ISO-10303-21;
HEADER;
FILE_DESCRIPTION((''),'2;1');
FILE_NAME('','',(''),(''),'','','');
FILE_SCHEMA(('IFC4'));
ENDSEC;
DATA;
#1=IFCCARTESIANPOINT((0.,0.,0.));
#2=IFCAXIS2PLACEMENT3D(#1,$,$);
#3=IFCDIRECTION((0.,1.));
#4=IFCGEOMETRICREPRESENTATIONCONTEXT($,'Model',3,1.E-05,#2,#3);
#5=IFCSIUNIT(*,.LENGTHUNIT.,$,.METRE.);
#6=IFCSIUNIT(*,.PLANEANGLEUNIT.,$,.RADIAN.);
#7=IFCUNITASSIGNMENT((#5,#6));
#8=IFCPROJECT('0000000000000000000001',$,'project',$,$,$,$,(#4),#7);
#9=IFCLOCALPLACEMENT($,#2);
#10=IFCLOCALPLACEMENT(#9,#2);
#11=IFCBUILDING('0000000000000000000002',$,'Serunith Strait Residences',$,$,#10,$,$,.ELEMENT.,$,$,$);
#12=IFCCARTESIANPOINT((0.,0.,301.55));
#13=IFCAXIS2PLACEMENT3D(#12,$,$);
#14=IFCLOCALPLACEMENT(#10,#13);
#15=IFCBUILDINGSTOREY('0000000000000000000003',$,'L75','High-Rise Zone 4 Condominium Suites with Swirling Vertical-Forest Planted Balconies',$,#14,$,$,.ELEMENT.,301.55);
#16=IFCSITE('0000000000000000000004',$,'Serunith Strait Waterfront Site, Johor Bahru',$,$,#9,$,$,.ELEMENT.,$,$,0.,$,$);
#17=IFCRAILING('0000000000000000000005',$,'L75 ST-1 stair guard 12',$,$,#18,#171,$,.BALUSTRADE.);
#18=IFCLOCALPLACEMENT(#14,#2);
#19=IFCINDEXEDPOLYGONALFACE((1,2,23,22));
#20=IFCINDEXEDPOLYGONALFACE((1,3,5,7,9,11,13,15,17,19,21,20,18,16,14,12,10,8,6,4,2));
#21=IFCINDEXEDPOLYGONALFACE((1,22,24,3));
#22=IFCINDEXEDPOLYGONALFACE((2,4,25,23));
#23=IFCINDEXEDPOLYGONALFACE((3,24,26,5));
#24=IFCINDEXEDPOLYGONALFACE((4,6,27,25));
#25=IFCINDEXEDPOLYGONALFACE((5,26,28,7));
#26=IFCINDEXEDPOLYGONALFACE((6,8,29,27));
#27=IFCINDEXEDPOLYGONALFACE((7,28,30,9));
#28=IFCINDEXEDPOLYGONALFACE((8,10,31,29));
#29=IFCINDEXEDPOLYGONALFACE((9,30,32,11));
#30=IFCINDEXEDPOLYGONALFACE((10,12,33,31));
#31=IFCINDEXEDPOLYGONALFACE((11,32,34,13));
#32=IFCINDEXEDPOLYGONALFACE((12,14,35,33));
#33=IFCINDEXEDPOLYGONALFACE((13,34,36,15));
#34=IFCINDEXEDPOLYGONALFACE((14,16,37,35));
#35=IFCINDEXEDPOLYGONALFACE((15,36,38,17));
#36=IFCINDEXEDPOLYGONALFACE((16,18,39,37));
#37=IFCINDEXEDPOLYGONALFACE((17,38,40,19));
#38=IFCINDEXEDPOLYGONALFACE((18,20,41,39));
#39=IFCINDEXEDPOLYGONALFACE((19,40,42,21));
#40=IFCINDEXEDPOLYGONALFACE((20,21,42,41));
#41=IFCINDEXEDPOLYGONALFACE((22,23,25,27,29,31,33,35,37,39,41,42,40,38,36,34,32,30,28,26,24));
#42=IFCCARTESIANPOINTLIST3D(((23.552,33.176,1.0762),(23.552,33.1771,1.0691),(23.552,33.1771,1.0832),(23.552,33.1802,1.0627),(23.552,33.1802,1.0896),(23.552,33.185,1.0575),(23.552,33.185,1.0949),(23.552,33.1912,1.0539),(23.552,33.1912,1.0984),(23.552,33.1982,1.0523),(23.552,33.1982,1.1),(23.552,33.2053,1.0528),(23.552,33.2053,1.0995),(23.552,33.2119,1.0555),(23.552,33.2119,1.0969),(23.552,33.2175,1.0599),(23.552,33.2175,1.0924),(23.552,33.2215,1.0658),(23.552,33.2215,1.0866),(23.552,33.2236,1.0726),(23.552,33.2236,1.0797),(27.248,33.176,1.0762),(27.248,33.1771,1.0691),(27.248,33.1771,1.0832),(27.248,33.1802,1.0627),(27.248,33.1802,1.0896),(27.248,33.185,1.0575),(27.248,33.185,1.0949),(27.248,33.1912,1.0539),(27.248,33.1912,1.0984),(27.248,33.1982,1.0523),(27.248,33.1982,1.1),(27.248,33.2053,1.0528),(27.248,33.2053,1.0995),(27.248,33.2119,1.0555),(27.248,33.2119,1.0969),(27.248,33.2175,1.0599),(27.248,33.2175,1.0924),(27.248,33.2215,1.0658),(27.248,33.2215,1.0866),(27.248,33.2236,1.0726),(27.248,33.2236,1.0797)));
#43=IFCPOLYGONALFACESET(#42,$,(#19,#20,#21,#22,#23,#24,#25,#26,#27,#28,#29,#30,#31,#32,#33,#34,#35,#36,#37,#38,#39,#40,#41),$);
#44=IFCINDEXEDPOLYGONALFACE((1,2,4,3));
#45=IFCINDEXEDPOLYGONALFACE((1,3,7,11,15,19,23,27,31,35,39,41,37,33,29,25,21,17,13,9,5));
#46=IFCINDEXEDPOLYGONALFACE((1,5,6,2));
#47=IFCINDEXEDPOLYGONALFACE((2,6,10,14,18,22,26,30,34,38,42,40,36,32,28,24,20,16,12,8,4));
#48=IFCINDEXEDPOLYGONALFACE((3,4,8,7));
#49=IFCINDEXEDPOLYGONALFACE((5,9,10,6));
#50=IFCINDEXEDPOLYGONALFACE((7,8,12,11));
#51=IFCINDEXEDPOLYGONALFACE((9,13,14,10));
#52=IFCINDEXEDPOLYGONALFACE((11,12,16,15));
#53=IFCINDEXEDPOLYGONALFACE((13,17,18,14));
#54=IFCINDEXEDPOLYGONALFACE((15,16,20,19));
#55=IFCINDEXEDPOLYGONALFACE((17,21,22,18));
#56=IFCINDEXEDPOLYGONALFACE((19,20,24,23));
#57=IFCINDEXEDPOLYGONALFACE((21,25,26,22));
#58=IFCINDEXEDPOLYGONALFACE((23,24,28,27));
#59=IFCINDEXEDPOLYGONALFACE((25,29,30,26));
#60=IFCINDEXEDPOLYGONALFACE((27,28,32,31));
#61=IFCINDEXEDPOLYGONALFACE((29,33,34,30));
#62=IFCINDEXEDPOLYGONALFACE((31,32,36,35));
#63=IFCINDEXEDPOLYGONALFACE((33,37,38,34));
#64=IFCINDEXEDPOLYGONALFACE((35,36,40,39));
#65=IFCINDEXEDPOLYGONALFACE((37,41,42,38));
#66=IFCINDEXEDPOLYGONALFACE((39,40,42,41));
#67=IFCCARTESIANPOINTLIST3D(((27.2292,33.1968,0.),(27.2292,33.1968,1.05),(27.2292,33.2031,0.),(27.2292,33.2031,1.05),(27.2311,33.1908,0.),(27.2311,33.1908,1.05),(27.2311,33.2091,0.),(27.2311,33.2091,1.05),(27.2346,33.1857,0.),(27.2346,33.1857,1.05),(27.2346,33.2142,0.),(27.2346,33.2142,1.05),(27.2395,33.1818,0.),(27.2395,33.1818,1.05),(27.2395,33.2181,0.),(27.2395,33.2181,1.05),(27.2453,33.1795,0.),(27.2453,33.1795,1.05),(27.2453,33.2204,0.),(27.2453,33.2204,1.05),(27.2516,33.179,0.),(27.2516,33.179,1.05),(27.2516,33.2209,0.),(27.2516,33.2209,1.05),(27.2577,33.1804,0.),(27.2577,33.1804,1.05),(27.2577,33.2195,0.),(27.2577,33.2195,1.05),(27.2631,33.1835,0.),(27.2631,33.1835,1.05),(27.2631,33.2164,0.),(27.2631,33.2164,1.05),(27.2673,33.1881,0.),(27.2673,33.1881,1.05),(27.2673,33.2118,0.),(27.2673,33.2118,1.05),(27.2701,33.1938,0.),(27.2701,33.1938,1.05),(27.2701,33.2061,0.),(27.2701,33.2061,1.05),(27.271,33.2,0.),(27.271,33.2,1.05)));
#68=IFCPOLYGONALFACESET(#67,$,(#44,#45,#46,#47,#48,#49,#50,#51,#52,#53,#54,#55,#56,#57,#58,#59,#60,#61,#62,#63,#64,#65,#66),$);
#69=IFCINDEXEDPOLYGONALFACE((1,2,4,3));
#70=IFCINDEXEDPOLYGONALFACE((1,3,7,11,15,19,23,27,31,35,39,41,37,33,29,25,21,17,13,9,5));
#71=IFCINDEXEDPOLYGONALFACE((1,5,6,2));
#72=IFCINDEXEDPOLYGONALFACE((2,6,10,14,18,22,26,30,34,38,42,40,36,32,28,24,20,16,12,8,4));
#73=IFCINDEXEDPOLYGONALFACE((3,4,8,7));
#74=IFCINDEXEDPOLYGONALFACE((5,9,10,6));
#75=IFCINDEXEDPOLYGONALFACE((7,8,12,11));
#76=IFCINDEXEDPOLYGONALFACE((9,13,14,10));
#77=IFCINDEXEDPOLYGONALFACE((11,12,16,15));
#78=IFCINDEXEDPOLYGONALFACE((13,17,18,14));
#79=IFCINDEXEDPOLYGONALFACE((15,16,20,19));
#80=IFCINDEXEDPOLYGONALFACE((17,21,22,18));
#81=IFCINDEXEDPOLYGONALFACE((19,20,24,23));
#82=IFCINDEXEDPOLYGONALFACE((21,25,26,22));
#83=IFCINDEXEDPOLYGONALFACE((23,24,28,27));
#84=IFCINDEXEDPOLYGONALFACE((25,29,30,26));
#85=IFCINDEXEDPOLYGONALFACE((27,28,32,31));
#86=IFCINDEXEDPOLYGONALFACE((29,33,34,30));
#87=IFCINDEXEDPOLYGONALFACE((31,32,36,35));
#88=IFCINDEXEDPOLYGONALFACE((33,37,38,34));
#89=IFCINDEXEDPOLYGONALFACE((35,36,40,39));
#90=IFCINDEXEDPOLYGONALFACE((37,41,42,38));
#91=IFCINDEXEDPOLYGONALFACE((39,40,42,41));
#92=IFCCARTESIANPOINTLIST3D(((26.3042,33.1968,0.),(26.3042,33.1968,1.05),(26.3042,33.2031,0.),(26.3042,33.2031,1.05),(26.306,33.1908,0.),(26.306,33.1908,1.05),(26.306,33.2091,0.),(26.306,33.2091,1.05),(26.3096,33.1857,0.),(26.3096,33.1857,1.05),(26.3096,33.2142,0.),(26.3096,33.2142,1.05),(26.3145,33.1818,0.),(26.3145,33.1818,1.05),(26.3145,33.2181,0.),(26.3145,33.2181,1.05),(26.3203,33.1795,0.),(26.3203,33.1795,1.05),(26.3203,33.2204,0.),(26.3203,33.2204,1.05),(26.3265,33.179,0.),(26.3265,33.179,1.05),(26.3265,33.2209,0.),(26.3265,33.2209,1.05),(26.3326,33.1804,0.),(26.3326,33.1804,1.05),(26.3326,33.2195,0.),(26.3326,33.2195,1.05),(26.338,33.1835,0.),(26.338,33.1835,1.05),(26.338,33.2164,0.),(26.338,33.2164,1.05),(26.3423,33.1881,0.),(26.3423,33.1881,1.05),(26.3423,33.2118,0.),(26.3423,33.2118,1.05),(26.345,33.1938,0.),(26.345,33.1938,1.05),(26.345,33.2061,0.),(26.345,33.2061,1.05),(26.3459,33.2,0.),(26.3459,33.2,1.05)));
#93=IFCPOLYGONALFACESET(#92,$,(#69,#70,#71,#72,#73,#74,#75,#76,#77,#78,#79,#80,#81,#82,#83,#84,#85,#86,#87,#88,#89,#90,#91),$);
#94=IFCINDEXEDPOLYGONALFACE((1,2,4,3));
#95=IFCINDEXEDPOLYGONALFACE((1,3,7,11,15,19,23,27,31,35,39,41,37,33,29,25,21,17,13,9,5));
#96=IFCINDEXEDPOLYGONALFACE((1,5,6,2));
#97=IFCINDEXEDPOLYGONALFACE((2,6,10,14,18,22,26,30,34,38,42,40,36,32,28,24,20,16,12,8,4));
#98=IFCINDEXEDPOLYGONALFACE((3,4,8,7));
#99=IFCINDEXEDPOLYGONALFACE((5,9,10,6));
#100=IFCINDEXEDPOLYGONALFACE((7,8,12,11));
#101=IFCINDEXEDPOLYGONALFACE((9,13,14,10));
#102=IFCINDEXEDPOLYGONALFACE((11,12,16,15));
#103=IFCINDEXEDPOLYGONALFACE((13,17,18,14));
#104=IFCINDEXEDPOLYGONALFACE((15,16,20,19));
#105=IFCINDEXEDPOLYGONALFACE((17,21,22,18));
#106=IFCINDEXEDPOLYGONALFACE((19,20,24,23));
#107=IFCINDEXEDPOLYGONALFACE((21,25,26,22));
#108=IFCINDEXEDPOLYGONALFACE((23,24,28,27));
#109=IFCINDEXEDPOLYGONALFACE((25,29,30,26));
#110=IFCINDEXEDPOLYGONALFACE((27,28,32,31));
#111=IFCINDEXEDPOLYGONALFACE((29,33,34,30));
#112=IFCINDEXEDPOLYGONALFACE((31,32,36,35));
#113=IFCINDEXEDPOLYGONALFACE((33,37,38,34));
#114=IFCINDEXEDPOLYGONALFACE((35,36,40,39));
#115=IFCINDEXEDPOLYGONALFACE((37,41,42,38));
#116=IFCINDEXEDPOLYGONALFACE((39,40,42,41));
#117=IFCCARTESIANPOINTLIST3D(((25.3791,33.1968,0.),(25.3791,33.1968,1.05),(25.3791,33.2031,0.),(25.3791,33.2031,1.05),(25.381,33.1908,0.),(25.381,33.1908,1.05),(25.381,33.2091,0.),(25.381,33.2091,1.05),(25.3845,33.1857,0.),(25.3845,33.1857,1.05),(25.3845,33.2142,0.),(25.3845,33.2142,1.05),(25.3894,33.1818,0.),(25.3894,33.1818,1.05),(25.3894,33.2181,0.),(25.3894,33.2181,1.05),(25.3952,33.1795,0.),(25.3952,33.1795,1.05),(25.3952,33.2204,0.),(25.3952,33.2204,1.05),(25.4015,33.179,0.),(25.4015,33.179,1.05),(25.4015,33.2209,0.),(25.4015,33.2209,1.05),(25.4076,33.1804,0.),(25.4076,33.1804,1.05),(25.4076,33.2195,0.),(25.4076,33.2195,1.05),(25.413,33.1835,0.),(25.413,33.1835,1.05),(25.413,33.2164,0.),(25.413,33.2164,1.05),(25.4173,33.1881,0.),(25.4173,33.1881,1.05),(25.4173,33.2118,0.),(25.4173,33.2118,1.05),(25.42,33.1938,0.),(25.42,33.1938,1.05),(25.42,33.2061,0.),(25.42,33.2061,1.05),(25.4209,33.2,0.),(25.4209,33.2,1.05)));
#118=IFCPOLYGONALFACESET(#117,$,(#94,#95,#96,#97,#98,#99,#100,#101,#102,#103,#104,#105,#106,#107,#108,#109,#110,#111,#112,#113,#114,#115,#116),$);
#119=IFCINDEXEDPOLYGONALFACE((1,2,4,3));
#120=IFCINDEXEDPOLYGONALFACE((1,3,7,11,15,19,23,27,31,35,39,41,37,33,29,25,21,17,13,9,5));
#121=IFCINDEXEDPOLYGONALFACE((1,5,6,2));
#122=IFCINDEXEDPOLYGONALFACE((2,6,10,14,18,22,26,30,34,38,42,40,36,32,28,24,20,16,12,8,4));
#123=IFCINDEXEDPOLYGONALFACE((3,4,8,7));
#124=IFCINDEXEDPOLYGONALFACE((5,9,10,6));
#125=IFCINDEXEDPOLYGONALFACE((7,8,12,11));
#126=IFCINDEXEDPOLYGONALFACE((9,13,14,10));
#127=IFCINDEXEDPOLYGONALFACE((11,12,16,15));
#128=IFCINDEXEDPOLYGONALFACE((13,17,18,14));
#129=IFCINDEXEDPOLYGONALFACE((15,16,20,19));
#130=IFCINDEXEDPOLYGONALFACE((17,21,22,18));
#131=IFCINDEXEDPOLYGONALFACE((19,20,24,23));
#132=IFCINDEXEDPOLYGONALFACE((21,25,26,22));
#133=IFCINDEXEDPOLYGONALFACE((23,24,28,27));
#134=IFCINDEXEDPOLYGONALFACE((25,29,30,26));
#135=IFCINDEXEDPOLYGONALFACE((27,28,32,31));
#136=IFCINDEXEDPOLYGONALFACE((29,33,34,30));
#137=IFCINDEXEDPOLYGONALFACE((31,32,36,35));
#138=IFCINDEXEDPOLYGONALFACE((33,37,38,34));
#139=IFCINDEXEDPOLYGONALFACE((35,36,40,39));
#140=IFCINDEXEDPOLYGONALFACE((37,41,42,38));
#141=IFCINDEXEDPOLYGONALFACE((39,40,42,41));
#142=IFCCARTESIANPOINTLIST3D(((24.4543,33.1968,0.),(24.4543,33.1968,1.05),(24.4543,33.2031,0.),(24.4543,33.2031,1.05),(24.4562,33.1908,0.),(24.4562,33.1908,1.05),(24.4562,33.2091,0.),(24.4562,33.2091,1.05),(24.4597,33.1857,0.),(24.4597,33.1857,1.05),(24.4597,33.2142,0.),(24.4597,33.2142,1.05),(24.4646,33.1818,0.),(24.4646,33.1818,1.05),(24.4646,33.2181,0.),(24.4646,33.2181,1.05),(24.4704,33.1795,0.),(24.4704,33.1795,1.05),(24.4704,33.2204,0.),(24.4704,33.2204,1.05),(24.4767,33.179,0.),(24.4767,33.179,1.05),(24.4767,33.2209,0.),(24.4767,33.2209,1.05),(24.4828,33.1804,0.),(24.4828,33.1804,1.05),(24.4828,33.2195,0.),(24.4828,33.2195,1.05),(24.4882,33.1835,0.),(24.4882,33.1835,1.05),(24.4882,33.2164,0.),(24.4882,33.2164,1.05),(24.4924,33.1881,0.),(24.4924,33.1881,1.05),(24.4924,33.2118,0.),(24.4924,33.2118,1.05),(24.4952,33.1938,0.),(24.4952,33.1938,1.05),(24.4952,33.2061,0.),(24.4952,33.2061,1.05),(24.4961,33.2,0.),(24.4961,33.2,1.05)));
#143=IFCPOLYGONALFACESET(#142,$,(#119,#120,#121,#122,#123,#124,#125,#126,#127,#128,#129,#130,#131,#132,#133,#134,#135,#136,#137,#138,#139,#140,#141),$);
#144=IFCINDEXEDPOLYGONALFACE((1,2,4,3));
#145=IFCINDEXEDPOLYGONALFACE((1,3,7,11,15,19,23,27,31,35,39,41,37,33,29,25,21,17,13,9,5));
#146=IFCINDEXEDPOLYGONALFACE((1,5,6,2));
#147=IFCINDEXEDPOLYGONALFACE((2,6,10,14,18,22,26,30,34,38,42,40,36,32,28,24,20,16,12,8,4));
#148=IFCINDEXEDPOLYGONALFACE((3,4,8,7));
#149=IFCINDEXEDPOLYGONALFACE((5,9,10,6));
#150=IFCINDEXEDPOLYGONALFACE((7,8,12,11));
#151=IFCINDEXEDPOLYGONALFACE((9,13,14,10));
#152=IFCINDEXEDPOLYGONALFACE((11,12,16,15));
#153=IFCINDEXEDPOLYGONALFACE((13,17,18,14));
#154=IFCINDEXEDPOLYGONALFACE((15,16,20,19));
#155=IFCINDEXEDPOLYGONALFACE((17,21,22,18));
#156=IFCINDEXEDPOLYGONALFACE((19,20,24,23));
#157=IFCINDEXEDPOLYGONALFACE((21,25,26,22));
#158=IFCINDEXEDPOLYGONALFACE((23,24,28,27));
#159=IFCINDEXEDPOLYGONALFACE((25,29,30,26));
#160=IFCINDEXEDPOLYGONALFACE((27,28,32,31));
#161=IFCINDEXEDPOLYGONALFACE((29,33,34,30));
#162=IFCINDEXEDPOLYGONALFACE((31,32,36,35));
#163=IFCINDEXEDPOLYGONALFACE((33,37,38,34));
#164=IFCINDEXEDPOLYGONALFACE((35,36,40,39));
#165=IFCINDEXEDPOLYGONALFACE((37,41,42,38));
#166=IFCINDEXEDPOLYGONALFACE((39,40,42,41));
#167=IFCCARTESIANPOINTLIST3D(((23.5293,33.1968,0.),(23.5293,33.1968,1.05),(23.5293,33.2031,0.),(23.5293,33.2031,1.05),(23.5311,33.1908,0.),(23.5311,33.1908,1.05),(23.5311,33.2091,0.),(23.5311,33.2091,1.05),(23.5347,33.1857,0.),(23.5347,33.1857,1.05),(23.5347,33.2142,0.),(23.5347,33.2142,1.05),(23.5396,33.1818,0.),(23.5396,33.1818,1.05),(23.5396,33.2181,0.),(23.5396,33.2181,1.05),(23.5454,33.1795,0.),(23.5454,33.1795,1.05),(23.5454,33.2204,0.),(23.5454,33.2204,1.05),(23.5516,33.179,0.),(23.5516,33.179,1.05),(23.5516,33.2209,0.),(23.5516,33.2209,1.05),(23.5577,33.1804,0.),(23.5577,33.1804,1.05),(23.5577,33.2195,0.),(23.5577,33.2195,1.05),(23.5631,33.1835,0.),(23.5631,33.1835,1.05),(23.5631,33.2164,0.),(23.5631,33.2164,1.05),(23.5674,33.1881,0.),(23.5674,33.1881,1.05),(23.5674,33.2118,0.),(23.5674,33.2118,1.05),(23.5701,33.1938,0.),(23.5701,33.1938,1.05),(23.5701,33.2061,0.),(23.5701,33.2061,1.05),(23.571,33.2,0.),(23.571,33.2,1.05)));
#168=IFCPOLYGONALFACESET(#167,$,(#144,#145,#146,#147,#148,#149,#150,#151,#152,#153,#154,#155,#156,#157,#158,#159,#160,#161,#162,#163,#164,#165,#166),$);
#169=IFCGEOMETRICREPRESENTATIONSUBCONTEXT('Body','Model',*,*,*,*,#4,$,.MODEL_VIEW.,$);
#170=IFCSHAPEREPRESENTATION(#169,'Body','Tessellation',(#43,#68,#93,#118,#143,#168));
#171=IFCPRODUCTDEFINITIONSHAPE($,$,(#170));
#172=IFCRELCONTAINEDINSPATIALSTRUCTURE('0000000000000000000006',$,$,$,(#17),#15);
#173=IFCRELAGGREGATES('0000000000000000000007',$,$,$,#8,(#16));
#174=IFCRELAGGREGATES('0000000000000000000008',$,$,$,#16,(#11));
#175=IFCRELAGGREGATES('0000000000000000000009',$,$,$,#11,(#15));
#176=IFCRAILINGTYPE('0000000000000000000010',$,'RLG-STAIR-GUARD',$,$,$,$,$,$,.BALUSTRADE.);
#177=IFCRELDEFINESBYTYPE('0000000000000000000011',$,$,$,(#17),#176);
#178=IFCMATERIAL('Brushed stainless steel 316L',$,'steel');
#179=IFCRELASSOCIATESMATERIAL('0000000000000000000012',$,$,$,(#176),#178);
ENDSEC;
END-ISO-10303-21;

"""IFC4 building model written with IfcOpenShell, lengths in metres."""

from ifc_helpers import new_model, si_unit, direction, frame, origin, origin_2d, place, context, subcontext, project, spatial, circle, extrude, material, type_object, element, save


model = new_model("IFC4")

# Units and contexts
model_context = context("Model", 3, precision=1e-05, world=origin(), true_north=direction((0.0, 1.0)))
body_context = subcontext(model_context, "Body", "Model", "MODEL_VIEW")
ifc_project = project(units=[si_unit("LENGTHUNIT", "METRE"), si_unit("PLANEANGLEUNIT", "RADIAN")], contexts=[model_context])

# Site, building, storey
site_placement = place(None, origin())
site = spatial("IfcSite", under=ifc_project, at=site_placement, Name="Serunith Strait Waterfront Site, Johor Bahru", CompositionType="ELEMENT", RefElevation=0.0)
building_placement = place(site_placement, origin())
building = spatial("IfcBuilding", under=site, at=building_placement, Name="Serunith Strait Residences", CompositionType="ELEMENT")
storey_placement = place(building_placement, frame((0.0, 0.0, 301.55)))
storey = spatial("IfcBuildingStorey", under=building, at=storey_placement, Name="L75", Description="High-Rise Zone 4 Condominium Suites with Swirling Vertical-Forest Planted Balconies", CompositionType="ELEMENT", Elevation=301.55)

# Railing
ifc_material_1 = material(Name="Brushed stainless steel 316L", Category="steel")
railing_type_1 = type_object("IfcRailingType", Name="RLG-STAIR-GUARD", PredefinedType="BALUSTRADE", material=ifc_material_1)
railing_1_placement = place(storey_placement, frame((27.25, 33.2, 0.0)))
element("IfcRailing", 1, at=railing_1_placement, inside=storey, type_object=railing_type_1, Name="L75 ST-1 stair guard 12", PredefinedType="BALUSTRADE", context=body_context, shape_type="SweptSolid", body=[
    extrude(circle(Radius=0.0239, at=origin_2d()), frame((-0.002, 0.0, 1.0762), z_axis=(-1.0, 0.0, 0.0), x_axis=(0.0, -1.0, 0.0)), (0.0, 0.0, 1.0), 3.696),
    extrude(circle(Radius=0.021, at=origin_2d()), origin(), (0.0, 0.0, 1.0), 1.05),
    extrude(circle(Radius=0.021, at=origin_2d()), frame((-0.925, 0.0, 0.0)), (0.0, 0.0, 1.0), 1.05),
    extrude(circle(Radius=0.021, at=origin_2d()), frame((-1.8501, 0.0, 0.0)), (0.0, 0.0, 1.0), 1.05),
    extrude(circle(Radius=0.021, at=origin_2d()), frame((-2.7749, 0.0, 0.0)), (0.0, 0.0, 1.0), 1.05),
    extrude(circle(Radius=0.021, at=origin_2d()), frame((-3.7, 0.0, 0.0)), (0.0, 0.0, 1.0), 1.05),
])

save(model, "model.ifc")
